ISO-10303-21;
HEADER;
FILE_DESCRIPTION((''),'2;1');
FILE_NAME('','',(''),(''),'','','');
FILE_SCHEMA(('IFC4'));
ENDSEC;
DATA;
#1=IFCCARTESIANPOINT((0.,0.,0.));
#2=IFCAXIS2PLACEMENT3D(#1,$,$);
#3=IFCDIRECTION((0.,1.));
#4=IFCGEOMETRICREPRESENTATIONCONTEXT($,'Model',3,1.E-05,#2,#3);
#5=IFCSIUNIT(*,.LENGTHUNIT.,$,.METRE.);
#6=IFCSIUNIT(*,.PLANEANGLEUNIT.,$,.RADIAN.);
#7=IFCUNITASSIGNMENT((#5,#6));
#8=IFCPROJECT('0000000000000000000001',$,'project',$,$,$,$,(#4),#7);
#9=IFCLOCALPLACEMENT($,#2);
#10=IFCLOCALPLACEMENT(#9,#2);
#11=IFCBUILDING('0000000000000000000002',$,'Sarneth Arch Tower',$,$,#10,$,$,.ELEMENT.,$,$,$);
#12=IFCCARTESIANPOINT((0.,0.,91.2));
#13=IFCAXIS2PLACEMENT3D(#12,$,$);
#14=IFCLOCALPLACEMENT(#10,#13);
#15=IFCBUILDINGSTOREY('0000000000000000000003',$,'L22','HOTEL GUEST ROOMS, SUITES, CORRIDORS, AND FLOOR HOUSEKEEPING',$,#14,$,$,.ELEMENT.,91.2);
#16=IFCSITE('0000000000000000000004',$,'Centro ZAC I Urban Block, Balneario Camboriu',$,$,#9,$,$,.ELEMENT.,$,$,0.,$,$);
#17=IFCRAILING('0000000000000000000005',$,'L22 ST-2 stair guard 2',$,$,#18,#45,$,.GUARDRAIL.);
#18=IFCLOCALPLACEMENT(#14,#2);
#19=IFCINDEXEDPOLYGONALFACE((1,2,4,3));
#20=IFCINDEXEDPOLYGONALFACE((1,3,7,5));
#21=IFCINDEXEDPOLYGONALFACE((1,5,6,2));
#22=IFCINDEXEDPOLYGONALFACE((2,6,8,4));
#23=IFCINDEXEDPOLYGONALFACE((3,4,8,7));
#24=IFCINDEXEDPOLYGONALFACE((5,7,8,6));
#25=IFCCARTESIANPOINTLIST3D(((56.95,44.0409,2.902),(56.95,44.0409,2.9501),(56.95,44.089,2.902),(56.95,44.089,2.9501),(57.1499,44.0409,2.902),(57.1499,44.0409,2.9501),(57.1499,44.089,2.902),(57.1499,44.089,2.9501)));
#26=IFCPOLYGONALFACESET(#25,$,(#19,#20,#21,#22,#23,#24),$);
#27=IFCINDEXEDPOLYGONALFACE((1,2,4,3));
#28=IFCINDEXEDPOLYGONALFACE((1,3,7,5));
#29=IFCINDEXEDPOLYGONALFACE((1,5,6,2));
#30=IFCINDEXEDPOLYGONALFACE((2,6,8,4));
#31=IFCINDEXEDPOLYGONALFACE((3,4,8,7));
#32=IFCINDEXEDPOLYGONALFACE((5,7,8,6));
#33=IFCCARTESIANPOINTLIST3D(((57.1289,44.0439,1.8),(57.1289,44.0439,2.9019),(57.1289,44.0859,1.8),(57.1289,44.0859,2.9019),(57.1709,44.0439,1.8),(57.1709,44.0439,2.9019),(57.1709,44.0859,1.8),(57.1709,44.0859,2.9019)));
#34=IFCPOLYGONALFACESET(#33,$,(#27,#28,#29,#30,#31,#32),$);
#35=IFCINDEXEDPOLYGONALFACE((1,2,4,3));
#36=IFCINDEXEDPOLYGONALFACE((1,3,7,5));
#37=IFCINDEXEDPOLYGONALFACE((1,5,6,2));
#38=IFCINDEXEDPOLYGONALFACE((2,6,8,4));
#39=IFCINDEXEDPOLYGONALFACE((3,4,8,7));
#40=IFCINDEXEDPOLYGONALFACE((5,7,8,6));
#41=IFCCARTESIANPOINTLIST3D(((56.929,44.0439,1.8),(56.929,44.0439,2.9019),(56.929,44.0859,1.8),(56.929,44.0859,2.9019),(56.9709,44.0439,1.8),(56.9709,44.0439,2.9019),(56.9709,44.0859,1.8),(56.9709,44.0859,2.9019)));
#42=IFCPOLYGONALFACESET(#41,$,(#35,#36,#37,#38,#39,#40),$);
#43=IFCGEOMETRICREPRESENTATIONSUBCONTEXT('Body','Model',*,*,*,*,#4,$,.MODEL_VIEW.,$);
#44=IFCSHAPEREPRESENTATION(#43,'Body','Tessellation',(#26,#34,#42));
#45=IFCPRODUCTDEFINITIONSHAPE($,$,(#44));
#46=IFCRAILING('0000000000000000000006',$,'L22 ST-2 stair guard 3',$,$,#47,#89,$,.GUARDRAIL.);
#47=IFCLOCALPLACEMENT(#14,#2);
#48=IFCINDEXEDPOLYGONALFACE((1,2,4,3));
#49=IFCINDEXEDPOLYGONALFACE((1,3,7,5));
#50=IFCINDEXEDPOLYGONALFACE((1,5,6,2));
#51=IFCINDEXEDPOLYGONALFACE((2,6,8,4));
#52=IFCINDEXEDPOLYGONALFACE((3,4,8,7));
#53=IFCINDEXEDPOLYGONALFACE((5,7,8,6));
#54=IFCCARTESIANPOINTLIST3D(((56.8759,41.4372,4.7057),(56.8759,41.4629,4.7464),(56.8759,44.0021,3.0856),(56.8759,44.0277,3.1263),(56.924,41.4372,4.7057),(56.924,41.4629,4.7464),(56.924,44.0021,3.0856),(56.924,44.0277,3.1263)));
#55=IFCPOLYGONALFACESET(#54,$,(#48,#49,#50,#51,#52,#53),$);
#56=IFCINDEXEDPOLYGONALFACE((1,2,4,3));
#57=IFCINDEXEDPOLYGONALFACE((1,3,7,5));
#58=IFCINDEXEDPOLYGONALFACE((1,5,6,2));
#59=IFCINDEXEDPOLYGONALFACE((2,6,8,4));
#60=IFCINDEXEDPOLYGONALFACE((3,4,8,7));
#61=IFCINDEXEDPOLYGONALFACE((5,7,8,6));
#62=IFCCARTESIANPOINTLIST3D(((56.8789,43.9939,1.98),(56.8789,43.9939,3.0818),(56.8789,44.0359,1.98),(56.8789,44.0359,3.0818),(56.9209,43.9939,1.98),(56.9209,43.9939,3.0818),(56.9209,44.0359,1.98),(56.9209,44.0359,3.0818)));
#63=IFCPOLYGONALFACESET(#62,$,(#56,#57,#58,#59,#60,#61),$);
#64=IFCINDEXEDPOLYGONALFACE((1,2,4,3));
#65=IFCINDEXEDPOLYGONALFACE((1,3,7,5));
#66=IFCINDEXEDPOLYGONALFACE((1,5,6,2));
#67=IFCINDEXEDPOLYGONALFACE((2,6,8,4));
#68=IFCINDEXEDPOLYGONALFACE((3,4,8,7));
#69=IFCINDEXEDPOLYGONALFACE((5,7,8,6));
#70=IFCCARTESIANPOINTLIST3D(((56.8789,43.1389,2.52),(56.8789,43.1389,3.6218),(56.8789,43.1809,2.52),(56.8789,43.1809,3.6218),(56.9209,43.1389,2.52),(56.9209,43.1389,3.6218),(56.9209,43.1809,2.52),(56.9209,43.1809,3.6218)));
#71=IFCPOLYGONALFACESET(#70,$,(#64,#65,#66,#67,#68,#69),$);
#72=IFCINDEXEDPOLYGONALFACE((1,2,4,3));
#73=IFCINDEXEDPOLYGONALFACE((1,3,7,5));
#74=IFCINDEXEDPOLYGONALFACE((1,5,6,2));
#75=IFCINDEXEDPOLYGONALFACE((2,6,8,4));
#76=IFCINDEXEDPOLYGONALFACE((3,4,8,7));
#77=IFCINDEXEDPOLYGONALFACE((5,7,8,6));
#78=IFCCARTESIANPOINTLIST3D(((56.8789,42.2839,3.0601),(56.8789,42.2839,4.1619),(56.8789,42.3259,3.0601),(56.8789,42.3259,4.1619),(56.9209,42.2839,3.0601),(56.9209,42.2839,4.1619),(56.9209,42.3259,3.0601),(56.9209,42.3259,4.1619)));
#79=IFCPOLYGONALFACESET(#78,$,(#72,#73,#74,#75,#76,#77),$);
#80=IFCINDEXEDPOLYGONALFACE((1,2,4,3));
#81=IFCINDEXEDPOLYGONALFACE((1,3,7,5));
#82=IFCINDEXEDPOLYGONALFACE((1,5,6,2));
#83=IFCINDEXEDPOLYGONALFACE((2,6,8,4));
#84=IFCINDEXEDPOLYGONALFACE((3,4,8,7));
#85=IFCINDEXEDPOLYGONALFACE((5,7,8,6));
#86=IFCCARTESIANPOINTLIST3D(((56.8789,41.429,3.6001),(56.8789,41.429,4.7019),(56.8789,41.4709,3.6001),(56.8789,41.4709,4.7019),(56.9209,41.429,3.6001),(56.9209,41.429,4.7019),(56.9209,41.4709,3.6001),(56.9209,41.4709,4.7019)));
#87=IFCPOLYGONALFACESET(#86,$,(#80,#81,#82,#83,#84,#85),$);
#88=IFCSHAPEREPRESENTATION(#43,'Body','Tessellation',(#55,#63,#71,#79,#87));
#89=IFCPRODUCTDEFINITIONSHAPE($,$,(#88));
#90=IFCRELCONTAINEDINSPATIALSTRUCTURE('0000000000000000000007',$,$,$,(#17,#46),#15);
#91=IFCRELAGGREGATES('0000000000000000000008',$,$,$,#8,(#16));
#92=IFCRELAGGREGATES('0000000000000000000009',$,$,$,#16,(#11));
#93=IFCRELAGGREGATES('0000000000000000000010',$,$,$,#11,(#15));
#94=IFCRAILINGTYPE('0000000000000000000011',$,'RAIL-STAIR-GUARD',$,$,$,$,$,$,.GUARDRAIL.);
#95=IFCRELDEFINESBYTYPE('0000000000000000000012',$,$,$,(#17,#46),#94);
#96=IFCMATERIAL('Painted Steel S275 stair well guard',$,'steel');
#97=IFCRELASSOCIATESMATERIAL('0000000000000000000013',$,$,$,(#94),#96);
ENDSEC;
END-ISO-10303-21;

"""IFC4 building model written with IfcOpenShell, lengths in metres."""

from ifc_helpers import new_model, si_unit, direction, frame, origin, origin_2d, place, context, subcontext, project, spatial, rectangle, extrude, material, type_object, element, save


model = new_model("IFC4")

# Units and contexts
model_context = context("Model", 3, precision=1e-05, world=origin(), true_north=direction((0.0, 1.0)))
body_context = subcontext(model_context, "Body", "Model", "MODEL_VIEW")
ifc_project = project(units=[si_unit("LENGTHUNIT", "METRE"), si_unit("PLANEANGLEUNIT", "RADIAN")], contexts=[model_context])

# Site, building, storey
site_placement = place(None, origin())
site = spatial("IfcSite", under=ifc_project, at=site_placement, Name="Centro ZAC I Urban Block, Balneario Camboriu", CompositionType="ELEMENT", RefElevation=0.0)
building_placement = place(site_placement, origin())
building = spatial("IfcBuilding", under=site, at=building_placement, Name="Sarneth Arch Tower", CompositionType="ELEMENT")
storey_placement = place(building_placement, frame((0.0, 0.0, 91.2)))
storey = spatial("IfcBuildingStorey", under=building, at=storey_placement, Name="L22", Description="HOTEL GUEST ROOMS, SUITES, CORRIDORS, AND FLOOR HOUSEKEEPING", CompositionType="ELEMENT", Elevation=91.2)

# Railings
ifc_material_1 = material(Name="Painted Steel S275 stair well guard", Category="steel")
railing_type_1 = type_object("IfcRailingType", Name="RAIL-STAIR-GUARD", PredefinedType="GUARDRAIL", material=ifc_material_1)
railing_1_placement = place(storey_placement, frame((57.1499, 44.0649, 1.8)))
element("IfcRailing", 1, at=railing_1_placement, inside=storey, type_object=railing_type_1, Name="L22 ST-2 stair guard 2", PredefinedType="GUARDRAIL", context=body_context, shape_type="SweptSolid", body=[
    extrude(rectangle(XDim=0.0481, YDim=0.0481, at=origin_2d()), frame((0.0, 0.0, 1.126), z_axis=(-1.0, 0.0, 0.0), x_axis=(0.0, -1.0, 0.0)), (0.0, 0.0, 1.0), 0.2),
    extrude(rectangle(XDim=0.042, YDim=0.042, at=origin_2d()), origin(), (0.0, 0.0, 1.0), 1.1018),
    extrude(rectangle(XDim=0.042, YDim=0.042, at=origin_2d()), frame((-0.2, 0.0, 0.0)), (0.0, 0.0, 1.0), 1.1018),
])
railing_2_placement = place(storey_placement, frame((56.8999, 44.0149, 1.98)))
element("IfcRailing", 2, at=railing_2_placement, inside=storey, type_object=railing_type_1, Name="L22 ST-2 stair guard 3", PredefinedType="GUARDRAIL", context=body_context, shape_type="SweptSolid", body=[
    extrude(rectangle(XDim=0.0481, YDim=0.0481, at=origin_2d()), frame((0.0, 0.0, 1.126), z_axis=(0.0, -0.845466, 0.534029), x_axis=(1.0, 0.0, 0.0)), (0.0, 0.0, 1.0), 3.0337),
    extrude(rectangle(XDim=0.042, YDim=0.042, at=origin_2d()), origin(), (0.0, 0.0, 1.0), 1.1018),
    extrude(rectangle(XDim=0.042, YDim=0.042, at=origin_2d()), frame((0.0, -0.855, 0.54)), (0.0, 0.0, 1.0), 1.1018),
    extrude(rectangle(XDim=0.042, YDim=0.042, at=origin_2d()), frame((0.0, -1.71, 1.0801)), (0.0, 0.0, 1.0), 1.1018),
    extrude(rectangle(XDim=0.042, YDim=0.042, at=origin_2d()), frame((0.0, -2.5649, 1.6201)), (0.0, 0.0, 1.0), 1.1018),
])

save(model, "model.ifc")
